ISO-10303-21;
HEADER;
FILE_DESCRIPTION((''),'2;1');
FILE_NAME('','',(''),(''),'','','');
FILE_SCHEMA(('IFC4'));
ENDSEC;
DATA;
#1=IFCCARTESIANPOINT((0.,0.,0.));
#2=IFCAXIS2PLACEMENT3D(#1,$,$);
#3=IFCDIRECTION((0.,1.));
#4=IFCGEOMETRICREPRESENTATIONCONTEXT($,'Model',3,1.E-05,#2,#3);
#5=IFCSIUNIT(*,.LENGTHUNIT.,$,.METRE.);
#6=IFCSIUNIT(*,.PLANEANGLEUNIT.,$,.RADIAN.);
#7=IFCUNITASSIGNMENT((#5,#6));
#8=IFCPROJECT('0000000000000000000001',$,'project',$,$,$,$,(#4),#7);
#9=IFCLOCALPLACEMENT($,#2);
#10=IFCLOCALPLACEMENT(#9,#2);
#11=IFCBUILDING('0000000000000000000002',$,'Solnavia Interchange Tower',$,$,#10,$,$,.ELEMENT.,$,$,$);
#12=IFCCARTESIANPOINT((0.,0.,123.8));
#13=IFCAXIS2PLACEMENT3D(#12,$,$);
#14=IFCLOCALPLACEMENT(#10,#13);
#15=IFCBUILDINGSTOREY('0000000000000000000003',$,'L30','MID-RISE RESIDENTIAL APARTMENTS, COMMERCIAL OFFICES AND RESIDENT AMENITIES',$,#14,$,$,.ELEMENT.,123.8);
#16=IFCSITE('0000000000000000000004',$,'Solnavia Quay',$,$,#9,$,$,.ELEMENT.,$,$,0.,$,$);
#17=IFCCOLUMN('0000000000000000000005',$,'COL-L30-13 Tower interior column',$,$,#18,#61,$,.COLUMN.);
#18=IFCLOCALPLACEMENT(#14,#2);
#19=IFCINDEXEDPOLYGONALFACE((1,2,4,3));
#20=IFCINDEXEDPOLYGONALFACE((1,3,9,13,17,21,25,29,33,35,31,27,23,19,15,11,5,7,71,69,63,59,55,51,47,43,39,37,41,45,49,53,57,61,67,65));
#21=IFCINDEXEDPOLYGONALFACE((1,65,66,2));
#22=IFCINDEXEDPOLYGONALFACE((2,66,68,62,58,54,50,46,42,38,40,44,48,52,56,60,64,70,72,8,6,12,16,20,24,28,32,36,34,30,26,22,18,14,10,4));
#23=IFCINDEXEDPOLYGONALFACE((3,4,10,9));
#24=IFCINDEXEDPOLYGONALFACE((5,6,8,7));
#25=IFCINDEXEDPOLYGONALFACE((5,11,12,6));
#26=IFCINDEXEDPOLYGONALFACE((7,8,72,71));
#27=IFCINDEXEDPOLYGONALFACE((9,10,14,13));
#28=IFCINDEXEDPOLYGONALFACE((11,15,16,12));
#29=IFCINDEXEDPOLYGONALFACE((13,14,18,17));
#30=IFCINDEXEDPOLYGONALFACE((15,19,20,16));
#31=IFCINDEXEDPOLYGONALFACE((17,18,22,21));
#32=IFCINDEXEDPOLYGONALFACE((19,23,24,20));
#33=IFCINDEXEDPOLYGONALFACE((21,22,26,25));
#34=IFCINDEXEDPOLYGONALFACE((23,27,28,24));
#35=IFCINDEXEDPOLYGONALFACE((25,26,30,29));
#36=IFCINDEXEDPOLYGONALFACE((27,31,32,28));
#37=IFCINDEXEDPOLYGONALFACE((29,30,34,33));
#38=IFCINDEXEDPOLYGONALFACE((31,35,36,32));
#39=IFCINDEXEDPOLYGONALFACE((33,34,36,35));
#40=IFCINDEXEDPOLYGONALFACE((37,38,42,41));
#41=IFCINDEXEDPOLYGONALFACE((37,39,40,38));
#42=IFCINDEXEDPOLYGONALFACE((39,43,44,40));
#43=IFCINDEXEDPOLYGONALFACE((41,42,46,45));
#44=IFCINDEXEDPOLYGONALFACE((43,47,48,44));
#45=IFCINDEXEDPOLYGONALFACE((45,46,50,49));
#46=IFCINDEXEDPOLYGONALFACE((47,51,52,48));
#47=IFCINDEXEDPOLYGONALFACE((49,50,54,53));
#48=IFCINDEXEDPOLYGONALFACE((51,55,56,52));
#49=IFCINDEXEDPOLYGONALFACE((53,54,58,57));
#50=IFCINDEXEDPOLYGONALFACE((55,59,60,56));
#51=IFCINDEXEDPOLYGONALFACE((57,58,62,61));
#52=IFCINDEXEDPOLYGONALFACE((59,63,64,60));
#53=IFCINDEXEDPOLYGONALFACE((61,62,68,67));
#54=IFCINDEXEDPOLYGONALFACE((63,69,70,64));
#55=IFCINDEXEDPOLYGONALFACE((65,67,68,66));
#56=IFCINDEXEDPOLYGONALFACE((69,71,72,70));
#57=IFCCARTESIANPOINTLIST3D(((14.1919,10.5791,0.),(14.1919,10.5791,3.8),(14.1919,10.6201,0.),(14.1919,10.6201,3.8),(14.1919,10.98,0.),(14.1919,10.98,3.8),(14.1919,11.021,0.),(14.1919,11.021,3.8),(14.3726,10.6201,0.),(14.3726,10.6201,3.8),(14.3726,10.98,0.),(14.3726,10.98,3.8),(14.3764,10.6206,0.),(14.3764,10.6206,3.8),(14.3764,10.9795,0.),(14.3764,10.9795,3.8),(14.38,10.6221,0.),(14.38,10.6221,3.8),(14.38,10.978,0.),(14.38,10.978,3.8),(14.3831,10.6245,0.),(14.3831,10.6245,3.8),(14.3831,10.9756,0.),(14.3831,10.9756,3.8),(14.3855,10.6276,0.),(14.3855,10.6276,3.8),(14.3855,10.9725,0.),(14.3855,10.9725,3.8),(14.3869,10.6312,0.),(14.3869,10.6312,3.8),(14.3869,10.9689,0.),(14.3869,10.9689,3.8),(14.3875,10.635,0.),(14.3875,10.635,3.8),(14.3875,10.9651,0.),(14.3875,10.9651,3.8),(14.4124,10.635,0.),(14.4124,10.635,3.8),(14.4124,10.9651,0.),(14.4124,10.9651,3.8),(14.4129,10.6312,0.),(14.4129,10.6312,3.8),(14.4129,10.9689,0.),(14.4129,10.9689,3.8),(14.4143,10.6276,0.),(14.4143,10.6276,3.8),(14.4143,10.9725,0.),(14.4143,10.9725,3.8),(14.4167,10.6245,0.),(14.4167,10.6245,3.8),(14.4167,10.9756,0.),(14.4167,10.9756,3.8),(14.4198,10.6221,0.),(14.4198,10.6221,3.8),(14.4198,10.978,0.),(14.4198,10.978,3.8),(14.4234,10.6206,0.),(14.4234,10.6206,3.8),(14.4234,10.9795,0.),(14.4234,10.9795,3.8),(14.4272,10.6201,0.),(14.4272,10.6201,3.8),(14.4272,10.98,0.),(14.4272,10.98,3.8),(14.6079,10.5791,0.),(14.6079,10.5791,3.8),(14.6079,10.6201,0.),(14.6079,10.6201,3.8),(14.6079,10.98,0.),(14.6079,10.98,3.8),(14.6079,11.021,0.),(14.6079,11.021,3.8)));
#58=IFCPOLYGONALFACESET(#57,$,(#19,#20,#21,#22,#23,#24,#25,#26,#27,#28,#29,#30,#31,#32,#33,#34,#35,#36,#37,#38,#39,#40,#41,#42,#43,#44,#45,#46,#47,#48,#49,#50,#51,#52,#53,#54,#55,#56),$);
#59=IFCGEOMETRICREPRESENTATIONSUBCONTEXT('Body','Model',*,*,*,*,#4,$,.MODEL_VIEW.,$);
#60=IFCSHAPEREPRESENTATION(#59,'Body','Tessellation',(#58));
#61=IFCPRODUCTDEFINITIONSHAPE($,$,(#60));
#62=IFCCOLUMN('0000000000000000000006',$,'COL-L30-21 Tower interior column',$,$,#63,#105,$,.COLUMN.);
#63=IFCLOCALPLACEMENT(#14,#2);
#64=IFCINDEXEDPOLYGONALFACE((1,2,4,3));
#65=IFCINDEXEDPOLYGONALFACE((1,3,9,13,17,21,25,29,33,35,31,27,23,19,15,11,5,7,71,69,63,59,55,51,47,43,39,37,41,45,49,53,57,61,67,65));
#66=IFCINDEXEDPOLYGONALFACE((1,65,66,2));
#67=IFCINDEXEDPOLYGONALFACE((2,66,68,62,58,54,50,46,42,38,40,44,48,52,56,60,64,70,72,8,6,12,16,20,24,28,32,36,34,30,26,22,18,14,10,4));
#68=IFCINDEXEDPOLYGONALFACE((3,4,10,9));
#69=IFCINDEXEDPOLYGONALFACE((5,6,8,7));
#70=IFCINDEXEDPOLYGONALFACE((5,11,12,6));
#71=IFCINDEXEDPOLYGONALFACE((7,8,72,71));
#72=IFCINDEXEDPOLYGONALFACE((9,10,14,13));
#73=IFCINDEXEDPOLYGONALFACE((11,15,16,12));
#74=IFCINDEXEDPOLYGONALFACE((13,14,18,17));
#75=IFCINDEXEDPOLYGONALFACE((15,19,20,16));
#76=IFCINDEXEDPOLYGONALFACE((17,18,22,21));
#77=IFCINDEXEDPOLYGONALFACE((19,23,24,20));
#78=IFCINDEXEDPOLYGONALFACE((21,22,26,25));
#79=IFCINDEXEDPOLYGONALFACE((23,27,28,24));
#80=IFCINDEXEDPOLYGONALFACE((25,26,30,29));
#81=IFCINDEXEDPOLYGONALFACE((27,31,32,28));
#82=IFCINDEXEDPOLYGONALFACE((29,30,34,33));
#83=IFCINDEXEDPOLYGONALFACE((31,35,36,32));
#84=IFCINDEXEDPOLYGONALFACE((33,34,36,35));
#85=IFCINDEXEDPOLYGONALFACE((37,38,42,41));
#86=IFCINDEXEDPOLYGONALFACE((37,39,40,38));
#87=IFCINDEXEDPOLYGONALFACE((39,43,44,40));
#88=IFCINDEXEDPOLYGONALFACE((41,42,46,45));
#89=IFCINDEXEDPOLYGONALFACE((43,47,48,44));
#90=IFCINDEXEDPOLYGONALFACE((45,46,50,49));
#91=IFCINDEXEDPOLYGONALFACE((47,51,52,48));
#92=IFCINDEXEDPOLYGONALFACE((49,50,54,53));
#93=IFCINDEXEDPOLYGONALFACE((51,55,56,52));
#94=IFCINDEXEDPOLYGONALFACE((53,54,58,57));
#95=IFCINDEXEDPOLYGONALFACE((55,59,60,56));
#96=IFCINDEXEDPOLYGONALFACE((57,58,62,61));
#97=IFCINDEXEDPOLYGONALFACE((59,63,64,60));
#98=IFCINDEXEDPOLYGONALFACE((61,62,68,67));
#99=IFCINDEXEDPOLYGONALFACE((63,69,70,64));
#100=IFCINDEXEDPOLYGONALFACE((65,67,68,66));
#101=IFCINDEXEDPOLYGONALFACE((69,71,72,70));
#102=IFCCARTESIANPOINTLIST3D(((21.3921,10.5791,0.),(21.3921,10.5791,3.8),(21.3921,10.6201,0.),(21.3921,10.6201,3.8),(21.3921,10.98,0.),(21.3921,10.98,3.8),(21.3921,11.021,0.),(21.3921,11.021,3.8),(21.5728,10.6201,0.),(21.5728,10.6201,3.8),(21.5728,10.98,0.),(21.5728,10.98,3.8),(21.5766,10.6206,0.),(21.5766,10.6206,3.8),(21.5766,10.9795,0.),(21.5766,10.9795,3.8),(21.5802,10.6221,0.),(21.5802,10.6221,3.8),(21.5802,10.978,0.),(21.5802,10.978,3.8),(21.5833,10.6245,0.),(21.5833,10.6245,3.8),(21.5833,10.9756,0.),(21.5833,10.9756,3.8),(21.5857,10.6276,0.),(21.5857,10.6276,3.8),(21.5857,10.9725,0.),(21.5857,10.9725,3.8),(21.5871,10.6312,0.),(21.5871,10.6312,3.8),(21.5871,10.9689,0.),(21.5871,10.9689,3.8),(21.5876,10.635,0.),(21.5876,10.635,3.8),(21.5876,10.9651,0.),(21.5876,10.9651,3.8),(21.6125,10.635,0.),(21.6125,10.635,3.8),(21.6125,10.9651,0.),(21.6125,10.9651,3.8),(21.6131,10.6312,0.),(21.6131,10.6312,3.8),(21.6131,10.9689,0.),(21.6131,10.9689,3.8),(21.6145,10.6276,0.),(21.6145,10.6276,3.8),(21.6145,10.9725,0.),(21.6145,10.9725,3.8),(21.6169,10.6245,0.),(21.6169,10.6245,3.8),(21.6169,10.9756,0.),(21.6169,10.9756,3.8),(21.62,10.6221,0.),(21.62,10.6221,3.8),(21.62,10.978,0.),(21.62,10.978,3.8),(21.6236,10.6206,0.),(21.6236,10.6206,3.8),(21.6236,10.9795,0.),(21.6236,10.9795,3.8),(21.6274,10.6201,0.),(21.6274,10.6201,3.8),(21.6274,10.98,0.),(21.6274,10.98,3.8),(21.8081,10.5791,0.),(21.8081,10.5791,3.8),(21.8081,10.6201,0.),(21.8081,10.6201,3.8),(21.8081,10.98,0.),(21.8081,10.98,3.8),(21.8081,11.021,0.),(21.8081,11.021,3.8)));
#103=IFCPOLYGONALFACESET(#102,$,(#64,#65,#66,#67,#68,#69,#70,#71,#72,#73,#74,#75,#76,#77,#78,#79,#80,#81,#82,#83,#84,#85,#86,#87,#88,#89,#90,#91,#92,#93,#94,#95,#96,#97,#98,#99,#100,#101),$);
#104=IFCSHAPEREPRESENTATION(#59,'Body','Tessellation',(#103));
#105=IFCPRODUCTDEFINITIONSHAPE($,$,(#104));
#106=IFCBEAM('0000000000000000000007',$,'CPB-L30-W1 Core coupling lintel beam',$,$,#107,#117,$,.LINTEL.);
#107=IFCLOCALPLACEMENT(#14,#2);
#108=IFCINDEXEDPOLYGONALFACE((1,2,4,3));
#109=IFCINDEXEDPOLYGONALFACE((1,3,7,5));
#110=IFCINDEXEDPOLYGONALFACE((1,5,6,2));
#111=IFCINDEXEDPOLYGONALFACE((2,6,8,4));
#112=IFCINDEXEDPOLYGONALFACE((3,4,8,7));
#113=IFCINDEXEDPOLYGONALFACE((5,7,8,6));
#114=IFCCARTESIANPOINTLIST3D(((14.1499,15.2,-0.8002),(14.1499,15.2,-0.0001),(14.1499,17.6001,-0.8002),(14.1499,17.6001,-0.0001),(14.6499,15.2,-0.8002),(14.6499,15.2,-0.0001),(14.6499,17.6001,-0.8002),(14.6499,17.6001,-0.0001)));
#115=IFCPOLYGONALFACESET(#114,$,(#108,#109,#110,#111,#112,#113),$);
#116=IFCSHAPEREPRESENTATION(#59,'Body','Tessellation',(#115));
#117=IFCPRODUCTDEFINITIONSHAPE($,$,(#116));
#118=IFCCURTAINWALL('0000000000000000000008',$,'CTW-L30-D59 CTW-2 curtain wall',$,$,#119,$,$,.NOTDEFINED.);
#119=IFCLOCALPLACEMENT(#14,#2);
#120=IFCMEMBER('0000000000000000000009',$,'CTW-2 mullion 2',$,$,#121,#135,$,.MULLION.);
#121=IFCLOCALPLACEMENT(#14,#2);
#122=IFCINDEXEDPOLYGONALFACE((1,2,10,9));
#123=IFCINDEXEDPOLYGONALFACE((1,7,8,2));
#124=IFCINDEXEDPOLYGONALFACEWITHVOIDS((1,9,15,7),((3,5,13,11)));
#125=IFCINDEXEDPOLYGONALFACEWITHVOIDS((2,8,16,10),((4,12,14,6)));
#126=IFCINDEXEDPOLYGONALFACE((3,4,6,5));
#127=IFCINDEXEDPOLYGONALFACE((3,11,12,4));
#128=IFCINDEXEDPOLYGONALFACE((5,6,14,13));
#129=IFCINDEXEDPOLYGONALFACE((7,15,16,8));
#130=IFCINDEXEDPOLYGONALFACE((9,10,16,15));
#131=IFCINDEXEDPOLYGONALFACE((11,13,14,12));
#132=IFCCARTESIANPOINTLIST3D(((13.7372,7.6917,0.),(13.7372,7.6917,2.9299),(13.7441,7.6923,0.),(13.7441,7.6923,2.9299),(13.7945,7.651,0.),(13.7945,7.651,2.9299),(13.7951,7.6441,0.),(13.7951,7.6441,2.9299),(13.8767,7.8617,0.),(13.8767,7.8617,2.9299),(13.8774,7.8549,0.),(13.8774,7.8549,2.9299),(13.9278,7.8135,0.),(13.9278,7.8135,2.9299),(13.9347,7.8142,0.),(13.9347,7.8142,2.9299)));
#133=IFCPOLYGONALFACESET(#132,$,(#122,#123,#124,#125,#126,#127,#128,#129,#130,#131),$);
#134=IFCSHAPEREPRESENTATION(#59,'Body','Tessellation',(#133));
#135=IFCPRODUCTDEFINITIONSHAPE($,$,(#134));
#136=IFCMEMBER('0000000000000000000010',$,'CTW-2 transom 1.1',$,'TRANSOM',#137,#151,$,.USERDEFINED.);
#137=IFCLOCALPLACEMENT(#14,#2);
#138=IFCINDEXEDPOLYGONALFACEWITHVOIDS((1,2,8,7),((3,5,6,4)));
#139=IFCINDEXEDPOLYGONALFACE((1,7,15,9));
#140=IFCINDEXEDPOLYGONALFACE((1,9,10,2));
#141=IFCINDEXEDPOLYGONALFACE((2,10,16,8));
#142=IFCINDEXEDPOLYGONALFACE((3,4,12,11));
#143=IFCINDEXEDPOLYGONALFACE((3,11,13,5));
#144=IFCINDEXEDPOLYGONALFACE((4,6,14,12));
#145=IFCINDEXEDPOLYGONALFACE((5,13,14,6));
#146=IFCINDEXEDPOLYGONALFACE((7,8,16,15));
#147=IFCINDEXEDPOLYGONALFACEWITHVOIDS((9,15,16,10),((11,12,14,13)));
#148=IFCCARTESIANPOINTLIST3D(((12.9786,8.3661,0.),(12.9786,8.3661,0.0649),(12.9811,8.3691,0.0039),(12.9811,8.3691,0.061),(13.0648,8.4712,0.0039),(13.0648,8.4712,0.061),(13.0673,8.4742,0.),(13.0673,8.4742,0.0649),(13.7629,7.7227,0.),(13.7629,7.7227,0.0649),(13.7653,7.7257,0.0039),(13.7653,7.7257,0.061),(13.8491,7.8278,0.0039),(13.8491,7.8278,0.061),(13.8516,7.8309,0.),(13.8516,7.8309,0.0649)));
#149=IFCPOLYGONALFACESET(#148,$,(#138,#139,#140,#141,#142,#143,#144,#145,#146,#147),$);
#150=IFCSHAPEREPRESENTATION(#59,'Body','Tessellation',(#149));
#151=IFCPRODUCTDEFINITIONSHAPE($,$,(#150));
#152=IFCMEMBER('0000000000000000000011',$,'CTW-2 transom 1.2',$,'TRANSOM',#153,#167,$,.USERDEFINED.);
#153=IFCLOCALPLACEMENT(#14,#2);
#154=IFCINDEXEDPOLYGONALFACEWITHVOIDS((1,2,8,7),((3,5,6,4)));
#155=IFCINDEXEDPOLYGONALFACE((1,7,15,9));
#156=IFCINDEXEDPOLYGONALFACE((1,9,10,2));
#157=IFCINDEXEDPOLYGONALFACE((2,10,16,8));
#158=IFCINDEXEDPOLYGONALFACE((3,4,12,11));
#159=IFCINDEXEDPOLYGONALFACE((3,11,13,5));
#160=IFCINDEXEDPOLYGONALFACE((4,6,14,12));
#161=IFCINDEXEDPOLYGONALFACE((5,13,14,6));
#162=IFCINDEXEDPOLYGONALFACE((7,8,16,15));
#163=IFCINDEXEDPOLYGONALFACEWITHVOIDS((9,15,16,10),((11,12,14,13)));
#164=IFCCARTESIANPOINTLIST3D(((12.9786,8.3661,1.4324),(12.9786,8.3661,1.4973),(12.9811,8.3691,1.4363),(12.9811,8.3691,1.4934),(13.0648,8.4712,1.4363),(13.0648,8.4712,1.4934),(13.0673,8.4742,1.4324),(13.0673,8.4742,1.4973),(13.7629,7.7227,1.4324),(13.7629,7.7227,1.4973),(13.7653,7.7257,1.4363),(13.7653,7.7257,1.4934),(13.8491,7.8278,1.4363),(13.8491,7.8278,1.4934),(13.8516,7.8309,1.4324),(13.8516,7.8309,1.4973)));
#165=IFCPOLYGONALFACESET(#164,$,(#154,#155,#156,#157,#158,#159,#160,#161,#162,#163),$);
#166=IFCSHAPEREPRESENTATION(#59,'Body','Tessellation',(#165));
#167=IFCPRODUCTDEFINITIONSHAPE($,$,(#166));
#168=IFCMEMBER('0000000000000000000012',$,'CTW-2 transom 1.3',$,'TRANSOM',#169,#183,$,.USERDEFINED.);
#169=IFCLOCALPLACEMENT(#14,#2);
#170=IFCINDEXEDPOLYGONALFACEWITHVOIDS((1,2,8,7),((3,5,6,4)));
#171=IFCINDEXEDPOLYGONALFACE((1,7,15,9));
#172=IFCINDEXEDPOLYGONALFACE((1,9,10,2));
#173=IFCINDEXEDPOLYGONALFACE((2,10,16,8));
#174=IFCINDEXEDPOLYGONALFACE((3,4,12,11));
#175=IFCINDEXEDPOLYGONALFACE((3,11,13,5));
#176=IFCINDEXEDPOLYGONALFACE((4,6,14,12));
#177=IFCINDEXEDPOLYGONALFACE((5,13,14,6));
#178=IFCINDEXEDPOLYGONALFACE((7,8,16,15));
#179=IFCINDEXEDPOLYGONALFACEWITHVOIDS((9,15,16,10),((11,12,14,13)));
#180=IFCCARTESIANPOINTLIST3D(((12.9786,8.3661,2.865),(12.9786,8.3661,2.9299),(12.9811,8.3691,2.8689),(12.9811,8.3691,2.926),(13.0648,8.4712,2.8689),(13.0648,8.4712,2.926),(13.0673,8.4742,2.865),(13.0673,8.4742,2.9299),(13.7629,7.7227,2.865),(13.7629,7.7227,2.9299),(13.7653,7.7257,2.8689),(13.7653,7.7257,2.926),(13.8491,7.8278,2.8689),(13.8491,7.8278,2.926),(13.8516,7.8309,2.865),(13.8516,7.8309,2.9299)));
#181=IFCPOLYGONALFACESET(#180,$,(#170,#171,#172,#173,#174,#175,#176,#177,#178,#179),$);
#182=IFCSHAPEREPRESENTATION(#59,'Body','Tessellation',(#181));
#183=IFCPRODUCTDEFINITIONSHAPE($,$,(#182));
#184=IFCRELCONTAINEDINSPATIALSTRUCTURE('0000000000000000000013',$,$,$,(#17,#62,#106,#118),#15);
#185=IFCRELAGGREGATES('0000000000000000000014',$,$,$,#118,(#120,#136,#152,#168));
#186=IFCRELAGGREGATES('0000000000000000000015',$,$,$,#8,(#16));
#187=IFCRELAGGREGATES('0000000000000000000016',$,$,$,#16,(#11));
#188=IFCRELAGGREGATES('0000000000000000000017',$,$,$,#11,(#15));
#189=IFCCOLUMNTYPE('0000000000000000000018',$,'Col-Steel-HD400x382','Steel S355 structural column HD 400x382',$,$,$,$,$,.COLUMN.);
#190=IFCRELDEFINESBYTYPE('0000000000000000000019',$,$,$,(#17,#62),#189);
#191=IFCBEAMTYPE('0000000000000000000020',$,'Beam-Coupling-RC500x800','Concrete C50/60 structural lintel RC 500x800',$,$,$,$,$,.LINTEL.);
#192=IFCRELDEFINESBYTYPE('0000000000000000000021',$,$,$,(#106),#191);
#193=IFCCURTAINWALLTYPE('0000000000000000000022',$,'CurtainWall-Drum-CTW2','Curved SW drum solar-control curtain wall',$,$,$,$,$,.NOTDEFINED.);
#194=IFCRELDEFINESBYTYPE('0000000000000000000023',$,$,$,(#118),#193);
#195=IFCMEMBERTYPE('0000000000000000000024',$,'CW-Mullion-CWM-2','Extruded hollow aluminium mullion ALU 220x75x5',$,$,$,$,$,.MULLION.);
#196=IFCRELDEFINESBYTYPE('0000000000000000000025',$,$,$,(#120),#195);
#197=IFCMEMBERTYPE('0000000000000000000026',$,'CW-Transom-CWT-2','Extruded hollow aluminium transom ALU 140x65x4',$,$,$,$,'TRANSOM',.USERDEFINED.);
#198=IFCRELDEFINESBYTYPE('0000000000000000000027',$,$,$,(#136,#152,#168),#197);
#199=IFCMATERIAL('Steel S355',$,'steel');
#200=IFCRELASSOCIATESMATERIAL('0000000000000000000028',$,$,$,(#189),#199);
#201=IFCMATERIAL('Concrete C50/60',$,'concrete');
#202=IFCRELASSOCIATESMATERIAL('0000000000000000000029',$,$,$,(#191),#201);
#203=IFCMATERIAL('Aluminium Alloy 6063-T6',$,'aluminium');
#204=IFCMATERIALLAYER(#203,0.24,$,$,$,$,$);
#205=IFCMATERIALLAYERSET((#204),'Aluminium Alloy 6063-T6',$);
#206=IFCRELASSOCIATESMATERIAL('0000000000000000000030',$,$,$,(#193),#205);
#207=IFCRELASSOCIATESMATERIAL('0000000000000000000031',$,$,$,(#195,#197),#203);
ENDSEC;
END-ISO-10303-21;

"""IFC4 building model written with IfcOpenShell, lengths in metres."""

from ifc_helpers import new_model, si_unit, direction, frame, origin, origin_2d, place, context, subcontext, project, spatial, rectangle, hollow_rectangle, i_section, extrude, material, layer, layer_set, material_profile, profile_set, type_object, element, aggregate, save


model = new_model("IFC4")

# Units and contexts
model_context = context("Model", 3, precision=1e-05, world=origin(), true_north=direction((0.0, 1.0)))
body_context = subcontext(model_context, "Body", "Model", "MODEL_VIEW")
ifc_project = project(units=[si_unit("LENGTHUNIT", "METRE"), si_unit("PLANEANGLEUNIT", "RADIAN")], contexts=[model_context])

# Site, building, storey
site_placement = place(None, origin())
site = spatial("IfcSite", under=ifc_project, at=site_placement, Name="Solnavia Quay", CompositionType="ELEMENT", RefElevation=0.0)
building_placement = place(site_placement, origin())
building = spatial("IfcBuilding", under=site, at=building_placement, Name="Solnavia Interchange Tower", CompositionType="ELEMENT")
storey_placement = place(building_placement, frame((0.0, 0.0, 123.8)))
storey = spatial("IfcBuildingStorey", under=building, at=storey_placement, Name="L30", Description="MID-RISE RESIDENTIAL APARTMENTS, COMMERCIAL OFFICES AND RESIDENT AMENITIES", CompositionType="ELEMENT", Elevation=123.8)

# Columns
ifc_material_1 = material(Name="Steel S355", Category="steel")
ifc_material_profile_1 = material_profile(ifc_material_1, i_section(OverallWidth=0.416, OverallDepth=0.4419, WebThickness=0.0249, FlangeThickness=0.041, FilletRadius=0.0149, at=origin_2d()), Name="HD 400x382")
ifc_profile_set_1 = profile_set([ifc_material_profile_1], Name="Steel S355")
column_type = type_object("IfcColumnType", Name="Col-Steel-HD400x382", Description="Steel S355 structural column HD 400x382", PredefinedType="COLUMN", material=ifc_profile_set_1)
for number, where, z_axis, x_axis, name in (
    (1, (14.3999, 10.8, 0.0), (0.0, 0.0, 1.0), (1.0, 0.0, 0.0), "COL-L30-13 Tower interior column"),
    (2, (21.6001, 10.8, 0.0), (0.0, 0.0, 1.0), (1.0, 0.0, 0.0), "COL-L30-21 Tower interior column"),
):
    element("IfcColumn", number, at=place(storey_placement, frame(where, z_axis=z_axis, x_axis=x_axis)), inside=storey, type_object=column_type, Name=name, PredefinedType="COLUMN", context=body_context, shape_type="SweptSolid", body=[
        extrude(i_section(OverallWidth=0.416, OverallDepth=0.4419, WebThickness=0.0249, FlangeThickness=0.041, FilletRadius=0.0149, at=origin_2d()), origin(), (0.0, 0.0, 1.0), 3.8),
    ])

# Beam
ifc_material_2 = material(Name="Concrete C50/60", Category="concrete")
ifc_material_profile_2 = material_profile(ifc_material_2, rectangle(XDim=0.5, YDim=0.8, at=origin_2d()), Name="RC 500x800")
ifc_profile_set_2 = profile_set([ifc_material_profile_2], Name="Concrete C50/60")
beam_type = type_object("IfcBeamType", Name="Beam-Coupling-RC500x800", Description="Concrete C50/60 structural lintel RC 500x800", PredefinedType="LINTEL", material=ifc_profile_set_2)
beam_placement = place(storey_placement, frame((14.3999, 15.2, -0.4001), z_axis=(0.0, 1.0, 0.0), x_axis=(-1.0, 0.0, 0.0)))
element("IfcBeam", 3, at=beam_placement, inside=storey, type_object=beam_type, Name="CPB-L30-W1 Core coupling lintel beam", PredefinedType="LINTEL", context=body_context, shape_type="SweptSolid", body=[
    extrude(rectangle(XDim=0.5, YDim=0.8, at=origin_2d()), origin(), (0.0, 0.0, 1.0), 2.4001),
])

# Curtain wall, members
ifc_material_3 = material(Name="Aluminium Alloy 6063-T6", Category="aluminium")
ifc_layer_1 = layer(ifc_material_3, 0.24)
ifc_layer_set_1 = layer_set([ifc_layer_1], Name="Aluminium Alloy 6063-T6")
curtain_wall_type = type_object("IfcCurtainWallType", Name="CurtainWall-Drum-CTW2", Description="Curved SW drum solar-control curtain wall", PredefinedType="NOTDEFINED", material=ifc_layer_set_1)
curtain_wall_placement = place(storey_placement, origin())
curtain_wall = element("IfcCurtainWall", 4, at=curtain_wall_placement, inside=storey, type_object=curtain_wall_type, Name="CTW-L30-D59 CTW-2 curtain wall", PredefinedType="NOTDEFINED")
ifc_material_profile_3 = material_profile(ifc_material_3, hollow_rectangle(XDim=0.075, YDim=0.22, WallThickness=0.0049, at=origin_2d()), Name="ALU 220x75x5")
ifc_profile_set_3 = profile_set([ifc_material_profile_3], Name="Aluminium Alloy 6063-T6")
member_type_1 = type_object("IfcMemberType", Name="CW-Mullion-CWM-2", Description="Extruded hollow aluminium mullion ALU 220x75x5", PredefinedType="MULLION", material=ifc_profile_set_3)
member_1_placement = place(storey_placement, frame((13.8359, 7.7529, 0.0), z_axis=(0.0, 0.0, 1.0), x_axis=(0.773095, -0.634291, 0.0)))
member_1 = element("IfcMember", 5, at=member_1_placement, type_object=member_type_1, Name="CTW-2 mullion 2", PredefinedType="MULLION", context=body_context, shape_type="SweptSolid", body=[
    extrude(hollow_rectangle(XDim=0.075, YDim=0.22, WallThickness=0.0049, at=origin_2d()), origin(), (0.0, 0.0, 1.0), 2.9299),
])
ifc_material_profile_4 = material_profile(ifc_material_3, hollow_rectangle(XDim=0.0649, YDim=0.1399, WallThickness=0.0039, at=origin_2d()), Name="ALU 140x65x4")
ifc_profile_set_4 = profile_set([ifc_material_profile_4], Name="Aluminium Alloy 6063-T6")
member_type_2 = type_object("IfcMemberType", Name="CW-Transom-CWT-2", Description="Extruded hollow aluminium transom ALU 140x65x4", ElementType="TRANSOM", PredefinedType="USERDEFINED", material=ifc_profile_set_4)
member_2_placement = place(storey_placement, frame((13.0229, 8.4202, 0.0325), z_axis=(0.773131, -0.634247, 0.0), x_axis=(0.0, 0.0, 1.0)))
member_2 = element("IfcMember", 6, at=member_2_placement, type_object=member_type_2, Name="CTW-2 transom 1.1", ObjectType="TRANSOM", PredefinedType="USERDEFINED", context=body_context, shape_type="SweptSolid", body=[
    extrude(hollow_rectangle(XDim=0.0649, YDim=0.1399, WallThickness=0.0039, at=origin_2d()), origin(), (0.0, 0.0, 1.0), 1.0144),
])
member_3_placement = place(storey_placement, frame((13.0229, 8.4202, 1.4648), z_axis=(0.773131, -0.634247, 0.0), x_axis=(0.0, 0.0, 1.0)))
member_3 = element("IfcMember", 7, at=member_3_placement, type_object=member_type_2, Name="CTW-2 transom 1.2", ObjectType="TRANSOM", PredefinedType="USERDEFINED", context=body_context, shape_type="SweptSolid", body=[
    extrude(hollow_rectangle(XDim=0.0649, YDim=0.1399, WallThickness=0.0039, at=origin_2d()), origin(), (0.0, 0.0, 1.0), 1.0144),
])
member_4_placement = place(storey_placement, frame((13.0229, 8.4202, 2.8975), z_axis=(0.773131, -0.634247, 0.0), x_axis=(0.0, 0.0, 1.0)))
member_4 = element("IfcMember", 8, at=member_4_placement, type_object=member_type_2, Name="CTW-2 transom 1.3", ObjectType="TRANSOM", PredefinedType="USERDEFINED", context=body_context, shape_type="SweptSolid", body=[
    extrude(hollow_rectangle(XDim=0.0649, YDim=0.1399, WallThickness=0.0039, at=origin_2d()), origin(), (0.0, 0.0, 1.0), 1.0144),
])
aggregate(curtain_wall, [member_1, member_2, member_3, member_4])

save(model, "model.ifc")
